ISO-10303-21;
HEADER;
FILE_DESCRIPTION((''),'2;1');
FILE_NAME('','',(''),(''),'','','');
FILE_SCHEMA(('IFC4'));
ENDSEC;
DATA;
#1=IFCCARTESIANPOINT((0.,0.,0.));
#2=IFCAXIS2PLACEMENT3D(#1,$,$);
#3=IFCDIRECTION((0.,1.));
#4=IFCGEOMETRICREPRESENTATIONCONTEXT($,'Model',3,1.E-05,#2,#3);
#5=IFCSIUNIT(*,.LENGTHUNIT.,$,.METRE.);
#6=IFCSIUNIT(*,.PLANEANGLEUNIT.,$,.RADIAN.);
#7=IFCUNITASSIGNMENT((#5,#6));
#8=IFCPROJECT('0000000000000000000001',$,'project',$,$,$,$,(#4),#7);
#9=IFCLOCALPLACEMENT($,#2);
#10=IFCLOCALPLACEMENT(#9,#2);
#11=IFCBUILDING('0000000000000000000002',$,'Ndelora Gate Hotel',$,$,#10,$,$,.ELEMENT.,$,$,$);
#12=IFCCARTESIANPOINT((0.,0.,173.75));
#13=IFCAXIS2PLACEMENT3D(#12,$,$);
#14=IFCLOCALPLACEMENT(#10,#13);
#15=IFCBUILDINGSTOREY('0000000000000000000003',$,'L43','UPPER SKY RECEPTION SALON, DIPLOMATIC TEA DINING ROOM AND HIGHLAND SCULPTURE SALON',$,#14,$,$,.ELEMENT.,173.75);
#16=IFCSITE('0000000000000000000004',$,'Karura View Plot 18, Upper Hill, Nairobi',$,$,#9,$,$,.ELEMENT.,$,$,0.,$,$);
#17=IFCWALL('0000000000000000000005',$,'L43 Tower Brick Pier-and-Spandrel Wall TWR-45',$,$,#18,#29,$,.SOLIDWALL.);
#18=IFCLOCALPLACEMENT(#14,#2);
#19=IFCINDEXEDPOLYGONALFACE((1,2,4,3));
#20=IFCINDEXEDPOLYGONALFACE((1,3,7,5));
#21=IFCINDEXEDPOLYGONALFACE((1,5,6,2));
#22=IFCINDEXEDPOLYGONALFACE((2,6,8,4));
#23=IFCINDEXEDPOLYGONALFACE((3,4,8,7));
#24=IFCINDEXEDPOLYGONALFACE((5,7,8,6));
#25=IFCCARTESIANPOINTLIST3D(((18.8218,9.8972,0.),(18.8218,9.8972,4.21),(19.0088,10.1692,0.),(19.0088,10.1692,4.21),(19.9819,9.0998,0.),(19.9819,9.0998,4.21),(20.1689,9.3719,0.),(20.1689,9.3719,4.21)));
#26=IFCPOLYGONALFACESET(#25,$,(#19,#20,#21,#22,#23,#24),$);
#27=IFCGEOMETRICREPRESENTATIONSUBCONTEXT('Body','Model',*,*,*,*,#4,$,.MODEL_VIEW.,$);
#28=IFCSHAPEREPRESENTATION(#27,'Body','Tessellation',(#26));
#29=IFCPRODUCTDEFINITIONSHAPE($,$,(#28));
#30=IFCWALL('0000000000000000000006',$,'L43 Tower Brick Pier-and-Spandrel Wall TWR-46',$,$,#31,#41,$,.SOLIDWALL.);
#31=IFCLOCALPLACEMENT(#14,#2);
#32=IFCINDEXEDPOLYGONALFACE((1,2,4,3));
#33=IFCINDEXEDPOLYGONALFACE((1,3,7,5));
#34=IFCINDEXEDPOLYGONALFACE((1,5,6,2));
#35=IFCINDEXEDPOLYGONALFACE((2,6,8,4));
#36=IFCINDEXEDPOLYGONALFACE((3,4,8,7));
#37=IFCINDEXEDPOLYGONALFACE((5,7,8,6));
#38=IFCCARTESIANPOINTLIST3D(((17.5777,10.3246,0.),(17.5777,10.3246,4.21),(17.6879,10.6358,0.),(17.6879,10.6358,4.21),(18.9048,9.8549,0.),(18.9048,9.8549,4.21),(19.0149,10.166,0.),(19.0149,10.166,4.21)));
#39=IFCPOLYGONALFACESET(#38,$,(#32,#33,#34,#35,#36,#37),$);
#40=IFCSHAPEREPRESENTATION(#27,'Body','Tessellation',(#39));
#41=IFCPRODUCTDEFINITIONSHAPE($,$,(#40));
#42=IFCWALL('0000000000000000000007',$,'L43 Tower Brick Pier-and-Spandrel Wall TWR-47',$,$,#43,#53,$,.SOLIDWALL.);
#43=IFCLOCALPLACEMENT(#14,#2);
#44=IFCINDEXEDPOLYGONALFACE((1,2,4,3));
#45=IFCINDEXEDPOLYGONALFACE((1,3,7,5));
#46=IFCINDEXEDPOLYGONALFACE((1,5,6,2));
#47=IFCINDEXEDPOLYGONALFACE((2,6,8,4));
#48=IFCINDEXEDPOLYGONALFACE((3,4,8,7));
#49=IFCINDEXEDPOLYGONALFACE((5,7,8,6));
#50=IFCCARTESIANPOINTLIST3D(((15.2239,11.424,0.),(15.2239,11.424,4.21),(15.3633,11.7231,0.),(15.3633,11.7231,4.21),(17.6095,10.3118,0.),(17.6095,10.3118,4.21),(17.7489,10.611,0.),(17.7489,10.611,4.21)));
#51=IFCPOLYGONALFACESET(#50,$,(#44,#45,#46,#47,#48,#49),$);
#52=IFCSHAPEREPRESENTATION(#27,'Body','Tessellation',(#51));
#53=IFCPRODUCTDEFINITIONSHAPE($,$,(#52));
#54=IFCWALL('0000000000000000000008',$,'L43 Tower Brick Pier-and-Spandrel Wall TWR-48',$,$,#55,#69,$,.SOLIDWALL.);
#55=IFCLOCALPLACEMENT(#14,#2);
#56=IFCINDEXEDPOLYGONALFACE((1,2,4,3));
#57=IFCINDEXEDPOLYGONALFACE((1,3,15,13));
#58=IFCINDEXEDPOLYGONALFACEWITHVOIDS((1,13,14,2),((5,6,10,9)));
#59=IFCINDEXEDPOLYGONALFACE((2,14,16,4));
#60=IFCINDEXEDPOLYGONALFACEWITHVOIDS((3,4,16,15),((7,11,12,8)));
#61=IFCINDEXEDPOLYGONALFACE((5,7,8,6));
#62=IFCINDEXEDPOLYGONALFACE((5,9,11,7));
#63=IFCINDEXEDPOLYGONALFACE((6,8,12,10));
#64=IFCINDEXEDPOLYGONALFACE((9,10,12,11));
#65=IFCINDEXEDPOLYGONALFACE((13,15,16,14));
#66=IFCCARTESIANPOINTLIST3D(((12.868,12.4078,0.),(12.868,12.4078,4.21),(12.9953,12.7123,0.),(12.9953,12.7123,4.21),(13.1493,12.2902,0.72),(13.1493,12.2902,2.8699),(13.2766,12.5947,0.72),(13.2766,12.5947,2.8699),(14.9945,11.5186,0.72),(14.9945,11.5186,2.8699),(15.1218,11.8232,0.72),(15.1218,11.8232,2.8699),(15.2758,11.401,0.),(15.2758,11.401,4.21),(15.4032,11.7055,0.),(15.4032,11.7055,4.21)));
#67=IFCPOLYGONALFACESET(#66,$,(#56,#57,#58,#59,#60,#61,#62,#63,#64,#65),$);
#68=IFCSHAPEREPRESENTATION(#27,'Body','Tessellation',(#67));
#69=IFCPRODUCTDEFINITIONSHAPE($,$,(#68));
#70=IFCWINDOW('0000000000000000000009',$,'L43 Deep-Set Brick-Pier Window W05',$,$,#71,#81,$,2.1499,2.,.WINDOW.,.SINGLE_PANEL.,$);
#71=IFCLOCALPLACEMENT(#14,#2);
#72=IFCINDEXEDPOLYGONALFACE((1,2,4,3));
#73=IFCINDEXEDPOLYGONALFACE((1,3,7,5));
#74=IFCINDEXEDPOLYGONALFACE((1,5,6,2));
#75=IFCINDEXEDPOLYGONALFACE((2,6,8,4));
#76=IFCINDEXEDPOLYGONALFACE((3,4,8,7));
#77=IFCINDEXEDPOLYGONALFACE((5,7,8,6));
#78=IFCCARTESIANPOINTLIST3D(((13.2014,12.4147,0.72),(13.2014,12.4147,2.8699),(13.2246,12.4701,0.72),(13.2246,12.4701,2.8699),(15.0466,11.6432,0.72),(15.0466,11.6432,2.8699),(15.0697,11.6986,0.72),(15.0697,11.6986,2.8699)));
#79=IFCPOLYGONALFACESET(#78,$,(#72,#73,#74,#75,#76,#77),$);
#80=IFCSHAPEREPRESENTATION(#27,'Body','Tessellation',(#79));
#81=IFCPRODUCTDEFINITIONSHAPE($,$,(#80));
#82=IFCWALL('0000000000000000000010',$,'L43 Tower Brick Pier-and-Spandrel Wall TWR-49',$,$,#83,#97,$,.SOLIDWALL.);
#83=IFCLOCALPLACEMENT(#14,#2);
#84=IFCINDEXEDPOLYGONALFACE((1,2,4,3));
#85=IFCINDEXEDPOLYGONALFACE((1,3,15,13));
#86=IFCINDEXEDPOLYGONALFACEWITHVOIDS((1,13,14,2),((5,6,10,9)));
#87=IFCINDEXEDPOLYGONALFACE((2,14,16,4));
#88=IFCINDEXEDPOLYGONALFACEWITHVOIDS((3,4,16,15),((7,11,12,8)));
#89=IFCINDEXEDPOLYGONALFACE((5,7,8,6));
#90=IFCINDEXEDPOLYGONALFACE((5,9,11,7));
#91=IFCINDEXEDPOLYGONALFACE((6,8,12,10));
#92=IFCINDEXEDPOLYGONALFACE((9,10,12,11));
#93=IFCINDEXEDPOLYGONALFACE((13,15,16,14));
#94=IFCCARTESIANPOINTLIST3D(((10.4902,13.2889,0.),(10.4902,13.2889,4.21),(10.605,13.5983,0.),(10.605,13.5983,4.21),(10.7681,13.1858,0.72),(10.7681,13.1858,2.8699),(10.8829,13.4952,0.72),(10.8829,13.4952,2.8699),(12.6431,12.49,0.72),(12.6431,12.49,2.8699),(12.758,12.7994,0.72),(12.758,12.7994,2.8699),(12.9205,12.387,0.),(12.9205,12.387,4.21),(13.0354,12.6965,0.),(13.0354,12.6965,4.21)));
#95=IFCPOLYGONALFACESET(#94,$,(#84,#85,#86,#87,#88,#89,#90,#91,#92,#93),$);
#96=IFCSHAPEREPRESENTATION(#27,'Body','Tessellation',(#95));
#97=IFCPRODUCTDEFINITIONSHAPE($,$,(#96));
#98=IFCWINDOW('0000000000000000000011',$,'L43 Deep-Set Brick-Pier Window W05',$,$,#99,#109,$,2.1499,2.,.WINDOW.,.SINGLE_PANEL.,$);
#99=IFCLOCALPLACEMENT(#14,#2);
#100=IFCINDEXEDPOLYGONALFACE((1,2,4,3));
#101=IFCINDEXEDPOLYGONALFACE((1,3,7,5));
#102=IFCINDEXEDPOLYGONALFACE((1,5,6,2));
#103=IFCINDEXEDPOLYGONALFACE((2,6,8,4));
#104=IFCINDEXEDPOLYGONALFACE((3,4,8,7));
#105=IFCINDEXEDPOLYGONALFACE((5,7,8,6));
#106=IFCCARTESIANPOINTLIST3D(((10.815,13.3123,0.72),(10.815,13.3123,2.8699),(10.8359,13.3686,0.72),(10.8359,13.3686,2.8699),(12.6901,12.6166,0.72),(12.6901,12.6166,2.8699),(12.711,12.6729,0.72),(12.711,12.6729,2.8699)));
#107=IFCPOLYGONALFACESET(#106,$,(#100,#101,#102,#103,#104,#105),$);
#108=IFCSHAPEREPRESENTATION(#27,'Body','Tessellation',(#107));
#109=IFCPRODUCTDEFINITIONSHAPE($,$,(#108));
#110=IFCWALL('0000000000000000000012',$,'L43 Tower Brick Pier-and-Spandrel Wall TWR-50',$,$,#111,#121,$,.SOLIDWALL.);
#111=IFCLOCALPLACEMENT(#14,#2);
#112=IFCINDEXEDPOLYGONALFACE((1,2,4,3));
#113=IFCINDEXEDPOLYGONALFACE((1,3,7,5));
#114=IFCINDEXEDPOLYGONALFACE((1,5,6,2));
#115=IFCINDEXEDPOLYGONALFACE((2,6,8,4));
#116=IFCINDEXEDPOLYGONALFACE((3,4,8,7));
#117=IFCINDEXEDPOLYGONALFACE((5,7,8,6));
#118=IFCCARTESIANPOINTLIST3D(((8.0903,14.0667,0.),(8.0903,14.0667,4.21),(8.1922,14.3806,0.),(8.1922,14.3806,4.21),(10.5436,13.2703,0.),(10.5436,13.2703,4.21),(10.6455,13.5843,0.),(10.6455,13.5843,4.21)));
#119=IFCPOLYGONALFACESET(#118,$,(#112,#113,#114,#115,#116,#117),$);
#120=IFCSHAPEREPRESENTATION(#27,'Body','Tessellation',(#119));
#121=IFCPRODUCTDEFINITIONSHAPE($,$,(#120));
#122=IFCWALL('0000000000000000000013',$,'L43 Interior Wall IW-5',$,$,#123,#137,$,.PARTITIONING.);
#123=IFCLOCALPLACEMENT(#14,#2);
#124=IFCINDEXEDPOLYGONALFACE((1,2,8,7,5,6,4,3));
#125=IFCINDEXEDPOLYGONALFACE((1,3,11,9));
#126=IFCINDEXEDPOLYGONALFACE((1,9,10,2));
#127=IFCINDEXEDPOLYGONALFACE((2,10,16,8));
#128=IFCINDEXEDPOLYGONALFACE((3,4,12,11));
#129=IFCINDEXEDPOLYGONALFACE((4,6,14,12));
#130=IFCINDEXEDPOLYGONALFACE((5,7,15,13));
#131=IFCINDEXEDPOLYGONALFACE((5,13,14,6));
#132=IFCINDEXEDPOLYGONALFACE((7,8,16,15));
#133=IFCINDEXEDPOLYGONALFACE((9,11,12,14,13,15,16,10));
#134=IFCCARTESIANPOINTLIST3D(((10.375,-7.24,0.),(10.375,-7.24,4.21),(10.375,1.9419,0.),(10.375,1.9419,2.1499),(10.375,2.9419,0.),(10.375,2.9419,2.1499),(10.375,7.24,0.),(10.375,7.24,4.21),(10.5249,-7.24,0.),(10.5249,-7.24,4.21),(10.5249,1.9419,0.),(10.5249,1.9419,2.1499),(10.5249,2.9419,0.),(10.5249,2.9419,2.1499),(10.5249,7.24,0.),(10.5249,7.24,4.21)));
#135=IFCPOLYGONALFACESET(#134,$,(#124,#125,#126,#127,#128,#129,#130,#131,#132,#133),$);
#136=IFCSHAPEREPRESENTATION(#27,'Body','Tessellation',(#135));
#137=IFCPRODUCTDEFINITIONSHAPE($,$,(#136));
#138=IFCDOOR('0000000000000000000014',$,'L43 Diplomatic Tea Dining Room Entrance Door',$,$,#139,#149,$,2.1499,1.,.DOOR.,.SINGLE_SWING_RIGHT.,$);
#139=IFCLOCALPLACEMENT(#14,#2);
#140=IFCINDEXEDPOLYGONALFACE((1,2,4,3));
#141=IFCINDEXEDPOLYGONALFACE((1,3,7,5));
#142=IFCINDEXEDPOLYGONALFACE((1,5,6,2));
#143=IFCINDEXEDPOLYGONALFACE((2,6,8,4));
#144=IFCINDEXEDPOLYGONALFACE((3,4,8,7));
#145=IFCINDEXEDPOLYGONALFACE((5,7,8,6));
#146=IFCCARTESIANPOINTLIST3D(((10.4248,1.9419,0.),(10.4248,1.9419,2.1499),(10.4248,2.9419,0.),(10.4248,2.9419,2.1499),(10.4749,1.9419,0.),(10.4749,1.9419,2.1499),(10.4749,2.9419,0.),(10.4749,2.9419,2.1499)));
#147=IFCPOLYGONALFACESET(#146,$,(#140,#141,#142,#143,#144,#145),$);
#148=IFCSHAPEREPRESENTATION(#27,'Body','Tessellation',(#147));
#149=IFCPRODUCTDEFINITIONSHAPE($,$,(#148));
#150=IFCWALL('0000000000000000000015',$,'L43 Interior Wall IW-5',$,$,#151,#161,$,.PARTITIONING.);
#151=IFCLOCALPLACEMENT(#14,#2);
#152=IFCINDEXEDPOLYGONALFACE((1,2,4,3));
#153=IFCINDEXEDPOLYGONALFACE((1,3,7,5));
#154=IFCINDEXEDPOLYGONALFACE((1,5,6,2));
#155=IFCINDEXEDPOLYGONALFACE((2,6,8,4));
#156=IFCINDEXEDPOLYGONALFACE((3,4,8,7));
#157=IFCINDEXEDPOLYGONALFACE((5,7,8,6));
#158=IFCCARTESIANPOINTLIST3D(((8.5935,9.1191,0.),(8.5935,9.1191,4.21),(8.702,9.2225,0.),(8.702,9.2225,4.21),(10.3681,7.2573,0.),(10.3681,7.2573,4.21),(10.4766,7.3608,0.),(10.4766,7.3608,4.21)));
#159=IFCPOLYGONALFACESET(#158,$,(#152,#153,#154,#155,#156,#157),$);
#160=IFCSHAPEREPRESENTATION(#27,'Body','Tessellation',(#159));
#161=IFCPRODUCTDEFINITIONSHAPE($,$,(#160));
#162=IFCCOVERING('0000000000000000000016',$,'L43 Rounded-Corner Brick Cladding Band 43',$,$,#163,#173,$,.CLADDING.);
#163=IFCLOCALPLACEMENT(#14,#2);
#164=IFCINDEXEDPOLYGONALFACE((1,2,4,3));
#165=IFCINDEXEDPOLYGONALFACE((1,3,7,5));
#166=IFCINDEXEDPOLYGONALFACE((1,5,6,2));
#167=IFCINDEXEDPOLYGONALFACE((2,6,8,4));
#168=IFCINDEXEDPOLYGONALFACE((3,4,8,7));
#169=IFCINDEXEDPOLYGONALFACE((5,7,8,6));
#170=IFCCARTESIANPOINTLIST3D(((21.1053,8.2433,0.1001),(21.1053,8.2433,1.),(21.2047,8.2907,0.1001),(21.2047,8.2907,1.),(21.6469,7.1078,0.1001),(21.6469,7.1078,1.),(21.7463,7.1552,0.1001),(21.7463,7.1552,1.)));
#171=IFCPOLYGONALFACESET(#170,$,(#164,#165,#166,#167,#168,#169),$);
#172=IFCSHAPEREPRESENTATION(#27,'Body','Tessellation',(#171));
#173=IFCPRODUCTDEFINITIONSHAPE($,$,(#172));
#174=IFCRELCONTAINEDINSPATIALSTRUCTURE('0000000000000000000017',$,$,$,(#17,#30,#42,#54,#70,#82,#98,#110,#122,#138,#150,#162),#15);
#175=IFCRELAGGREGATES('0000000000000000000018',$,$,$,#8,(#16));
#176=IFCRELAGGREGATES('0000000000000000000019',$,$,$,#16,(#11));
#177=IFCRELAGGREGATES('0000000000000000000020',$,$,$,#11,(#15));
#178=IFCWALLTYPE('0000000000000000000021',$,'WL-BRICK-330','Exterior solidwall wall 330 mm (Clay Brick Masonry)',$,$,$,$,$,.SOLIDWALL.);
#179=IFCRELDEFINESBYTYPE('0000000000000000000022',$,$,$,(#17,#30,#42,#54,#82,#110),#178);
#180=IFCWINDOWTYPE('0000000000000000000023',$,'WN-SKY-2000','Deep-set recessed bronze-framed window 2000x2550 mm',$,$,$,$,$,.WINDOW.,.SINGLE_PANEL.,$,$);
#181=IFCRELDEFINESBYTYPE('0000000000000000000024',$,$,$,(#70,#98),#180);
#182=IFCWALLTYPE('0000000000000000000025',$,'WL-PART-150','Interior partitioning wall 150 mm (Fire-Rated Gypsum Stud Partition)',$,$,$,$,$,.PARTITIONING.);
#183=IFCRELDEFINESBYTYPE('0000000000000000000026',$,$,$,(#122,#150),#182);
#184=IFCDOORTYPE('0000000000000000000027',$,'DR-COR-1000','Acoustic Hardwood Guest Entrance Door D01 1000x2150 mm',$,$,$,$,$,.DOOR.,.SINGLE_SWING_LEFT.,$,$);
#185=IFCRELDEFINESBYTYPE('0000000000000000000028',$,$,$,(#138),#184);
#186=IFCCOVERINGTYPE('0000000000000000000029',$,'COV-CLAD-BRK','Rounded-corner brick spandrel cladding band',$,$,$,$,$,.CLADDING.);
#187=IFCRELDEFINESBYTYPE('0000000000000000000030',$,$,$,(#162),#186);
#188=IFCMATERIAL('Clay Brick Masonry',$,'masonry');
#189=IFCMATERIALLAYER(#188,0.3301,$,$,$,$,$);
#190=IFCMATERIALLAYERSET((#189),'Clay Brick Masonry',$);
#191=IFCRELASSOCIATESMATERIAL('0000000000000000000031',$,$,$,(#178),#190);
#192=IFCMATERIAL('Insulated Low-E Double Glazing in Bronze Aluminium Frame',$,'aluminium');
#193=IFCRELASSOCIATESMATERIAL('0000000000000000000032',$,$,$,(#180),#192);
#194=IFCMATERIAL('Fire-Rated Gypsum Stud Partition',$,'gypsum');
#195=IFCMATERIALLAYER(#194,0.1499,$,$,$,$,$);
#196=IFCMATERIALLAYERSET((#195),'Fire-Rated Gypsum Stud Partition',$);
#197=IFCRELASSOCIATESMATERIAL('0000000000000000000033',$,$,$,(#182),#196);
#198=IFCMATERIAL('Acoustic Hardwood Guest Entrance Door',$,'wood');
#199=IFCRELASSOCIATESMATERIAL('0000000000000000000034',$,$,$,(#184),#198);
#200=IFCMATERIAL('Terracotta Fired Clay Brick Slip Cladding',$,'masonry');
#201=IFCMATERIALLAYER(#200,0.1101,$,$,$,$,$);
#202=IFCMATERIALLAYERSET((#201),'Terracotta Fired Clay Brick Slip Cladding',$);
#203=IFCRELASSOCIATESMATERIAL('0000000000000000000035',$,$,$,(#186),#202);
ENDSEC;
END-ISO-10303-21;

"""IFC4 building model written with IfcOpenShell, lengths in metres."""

from ifc_helpers import new_model, si_unit, direction, frame, frame_2d, origin, origin_2d, place, context, subcontext, project, spatial, rectangle, extrude, material, layer, layer_set, type_object, element, fill, save


model = new_model("IFC4")

# Units and contexts
model_context = context("Model", 3, precision=1e-05, world=origin(), true_north=direction((0.0, 1.0)))
body_context = subcontext(model_context, "Body", "Model", "MODEL_VIEW")
ifc_project = project(units=[si_unit("LENGTHUNIT", "METRE"), si_unit("PLANEANGLEUNIT", "RADIAN")], contexts=[model_context])

# Site, building, storey
site_placement = place(None, origin())
site = spatial("IfcSite", under=ifc_project, at=site_placement, Name="Karura View Plot 18, Upper Hill, Nairobi", CompositionType="ELEMENT", RefElevation=0.0)
building_placement = place(site_placement, origin())
building = spatial("IfcBuilding", under=site, at=building_placement, Name="Ndelora Gate Hotel", CompositionType="ELEMENT")
storey_placement = place(building_placement, frame((0.0, 0.0, 173.75)))
storey = spatial("IfcBuildingStorey", under=building, at=storey_placement, Name="L43", Description="UPPER SKY RECEPTION SALON, DIPLOMATIC TEA DINING ROOM AND HIGHLAND SCULPTURE SALON", CompositionType="ELEMENT", Elevation=173.75)

# Walls
ifc_material_1 = material(Name="Clay Brick Masonry", Category="masonry")
ifc_layer_1 = layer(ifc_material_1, 0.3301)
ifc_layer_set_1 = layer_set([ifc_layer_1], Name="Clay Brick Masonry")
wall_type_1 = type_object("IfcWallType", Name="WL-BRICK-330", Description="Exterior solidwall wall 330 mm (Clay Brick Masonry)", PredefinedType="SOLIDWALL", material=ifc_layer_set_1)
for number, where, z_axis, x_axis, name in (
    (1, (18.9153, 10.0332, 0.0), (0.0, 0.0, 1.0), (0.824123, -0.566411, 0.0), "L43 Tower Brick Pier-and-Spandrel Wall TWR-45"),
    (2, (17.6328, 10.4802, 0.0), (0.0, 0.0, 1.0), (0.942676, -0.333709, 0.0), "L43 Tower Brick Pier-and-Spandrel Wall TWR-46"),
):
    element("IfcWall", number, at=place(storey_placement, frame(where, z_axis=z_axis, x_axis=x_axis)), inside=storey, type_object=wall_type_1, Name=name, PredefinedType="SOLIDWALL", context=body_context, shape_type="SweptSolid", body=[
        extrude(rectangle(XDim=1.4077, YDim=0.3301, at=frame_2d((0.7039, 0.0))), origin(), (0.0, 0.0, 1.0), 4.21),
    ])
wall_1_placement = place(storey_placement, frame((15.2937, 11.5735, 0.0), z_axis=(0.0, 0.0, 1.0), x_axis=(0.906354, -0.42252, 0.0)))
element("IfcWall", 3, at=wall_1_placement, inside=storey, type_object=wall_type_1, Name="L43 Tower Brick Pier-and-Spandrel Wall TWR-47", PredefinedType="SOLIDWALL", context=body_context, shape_type="SweptSolid", body=[
    extrude(rectangle(XDim=2.6321, YDim=0.3301, at=frame_2d((1.3159, 0.0))), origin(), (0.0, 0.0, 1.0), 4.21),
])

# Walls, openings, windows
wall_2_placement = place(storey_placement, frame((12.9316, 12.5601, 0.0), z_axis=(0.0, 0.0, 1.0), x_axis=(0.922597, -0.385764, 0.0)))
wall_2 = element("IfcWall", 4, at=wall_2_placement, inside=storey, type_object=wall_type_1, Name="L43 Tower Brick Pier-and-Spandrel Wall TWR-48", PredefinedType="SOLIDWALL", context=body_context, shape_type="SweptSolid", body=[
    extrude(rectangle(XDim=2.6099, YDim=0.3301, at=frame_2d((1.3049, 0.0))), origin(), (0.0, 0.0, 1.0), 4.21),
])
opening_1_placement = place(wall_2_placement, frame((0.3049, 0.0, 0.72)))
opening_1 = element("IfcOpeningElement", 5, at=opening_1_placement, cuts=wall_2, PredefinedType="OPENING", context=body_context, shape_type="SweptSolid", body=[
    extrude(rectangle(XDim=2.0, YDim=2.1499, at=frame_2d((1.0, 1.075))), frame((0.0, 0.175, 0.0), z_axis=(0.0, -1.0, 0.0), x_axis=(1.0, 0.0, 0.0)), (0.0, 0.0, 1.0), 0.3501),
])
ifc_material_2 = material(Name="Insulated Low-E Double Glazing in Bronze Aluminium Frame", Category="aluminium")
window_type = type_object("IfcWindowType", Name="WN-SKY-2000", Description="Deep-set recessed bronze-framed window 2000x2550 mm", PartitioningType="SINGLE_PANEL", PredefinedType="WINDOW", material=ifc_material_2)
window_1_placement = place(opening_1_placement, origin())
window_1 = element("IfcWindow", 6, at=window_1_placement, inside=storey, type_object=window_type, Name="L43 Deep-Set Brick-Pier Window W05", OverallHeight=2.1499, OverallWidth=2.0, PartitioningType="SINGLE_PANEL", PredefinedType="WINDOW", context=body_context, shape_type="SweptSolid", body=[
    extrude(rectangle(XDim=2.0, YDim=2.1499, at=frame_2d((1.0, 1.075))), frame((0.0, 0.03, 0.0), z_axis=(0.0, -1.0, 0.0), x_axis=(1.0, 0.0, 0.0)), (0.0, 0.0, 1.0), 0.0601),
])
fill(opening_1, window_1)
wall_3_placement = place(storey_placement, frame((10.5476, 13.4436, 0.0), z_axis=(0.0, 0.0, 1.0), x_axis=(0.937535, -0.347891, 0.0)))
wall_3 = element("IfcWall", 7, at=wall_3_placement, inside=storey, type_object=wall_type_1, Name="L43 Tower Brick Pier-and-Spandrel Wall TWR-49", PredefinedType="SOLIDWALL", context=body_context, shape_type="SweptSolid", body=[
    extrude(rectangle(XDim=2.5923, YDim=0.3301, at=frame_2d((1.2961, 0.0))), origin(), (0.0, 0.0, 1.0), 4.21),
])
opening_2_placement = place(wall_3_placement, frame((0.2964, 0.0, 0.72)))
opening_2 = element("IfcOpeningElement", 8, at=opening_2_placement, cuts=wall_3, PredefinedType="OPENING", context=body_context, shape_type="SweptSolid", body=[
    extrude(rectangle(XDim=2.0, YDim=2.1499, at=frame_2d((1.0, 1.075))), frame((0.0, 0.175, 0.0), z_axis=(0.0, -1.0, 0.0), x_axis=(1.0, 0.0, 0.0)), (0.0, 0.0, 1.0), 0.3501),
])
window_2_placement = place(opening_2_placement, origin())
window_2 = element("IfcWindow", 9, at=window_2_placement, inside=storey, type_object=window_type, Name="L43 Deep-Set Brick-Pier Window W05", OverallHeight=2.1499, OverallWidth=2.0, PartitioningType="SINGLE_PANEL", PredefinedType="WINDOW", context=body_context, shape_type="SweptSolid", body=[
    extrude(rectangle(XDim=2.0, YDim=2.1499, at=frame_2d((1.0, 1.075))), frame((0.0, 0.03, 0.0), z_axis=(0.0, -1.0, 0.0), x_axis=(1.0, 0.0, 0.0)), (0.0, 0.0, 1.0), 0.0601),
])
fill(opening_2, window_2)

# Wall
wall_4_placement = place(storey_placement, frame((8.1414, 14.2236, 0.0), z_axis=(0.0, 0.0, 1.0), x_axis=(0.951143, -0.30875, 0.0)))
element("IfcWall", 10, at=wall_4_placement, inside=storey, type_object=wall_type_1, Name="L43 Tower Brick Pier-and-Spandrel Wall TWR-50", PredefinedType="SOLIDWALL", context=body_context, shape_type="SweptSolid", body=[
    extrude(rectangle(XDim=2.5793, YDim=0.3301, at=frame_2d((1.2896, 0.0))), origin(), (0.0, 0.0, 1.0), 4.21),
])

# Wall, opening, door
ifc_material_3 = material(Name="Fire-Rated Gypsum Stud Partition", Category="gypsum")
ifc_layer_2 = layer(ifc_material_3, 0.1499)
ifc_layer_set_2 = layer_set([ifc_layer_2], Name="Fire-Rated Gypsum Stud Partition")
wall_type_2 = type_object("IfcWallType", Name="WL-PART-150", Description="Interior partitioning wall 150 mm (Fire-Rated Gypsum Stud Partition)", PredefinedType="PARTITIONING", material=ifc_layer_set_2)
wall_5_placement = place(storey_placement, frame((10.45, 7.24, 0.0), z_axis=(0.0, 0.0, 1.0), x_axis=(0.0, -1.0, 0.0)))
wall_5 = element("IfcWall", 11, at=wall_5_placement, inside=storey, type_object=wall_type_2, Name="L43 Interior Wall IW-5", PredefinedType="PARTITIONING", context=body_context, shape_type="SweptSolid", body=[
    extrude(rectangle(XDim=14.48, YDim=0.1499, at=frame_2d((7.24, 0.0))), origin(), (0.0, 0.0, 1.0), 4.21),
])
opening_3_placement = place(wall_5_placement, frame((4.2981, 0.0, 0.0)))
opening_3 = element("IfcOpeningElement", 12, at=opening_3_placement, cuts=wall_5, PredefinedType="OPENING", context=body_context, shape_type="SweptSolid", body=[
    extrude(rectangle(XDim=1.0, YDim=2.1499, at=frame_2d((0.5, 1.075))), frame((0.0, 0.085, 0.0), z_axis=(0.0, -1.0, 0.0), x_axis=(1.0, 0.0, 0.0)), (0.0, 0.0, 1.0), 0.1699),
])
ifc_material_4 = material(Name="Acoustic Hardwood Guest Entrance Door", Category="wood")
door_type = type_object("IfcDoorType", Name="DR-COR-1000", Description="Acoustic Hardwood Guest Entrance Door D01 1000x2150 mm", OperationType="SINGLE_SWING_LEFT", PredefinedType="DOOR", material=ifc_material_4)
door_placement = place(opening_3_placement, origin())
door = element("IfcDoor", 13, at=door_placement, inside=storey, type_object=door_type, Name="L43 Diplomatic Tea Dining Room Entrance Door", OperationType="SINGLE_SWING_RIGHT", OverallHeight=2.1499, OverallWidth=1.0, PredefinedType="DOOR", context=body_context, shape_type="SweptSolid", body=[
    extrude(rectangle(XDim=1.0, YDim=2.1499, at=frame_2d((0.5, 1.075))), frame((0.0, 0.0249, 0.0), z_axis=(0.0, -1.0, 0.0), x_axis=(1.0, 0.0, 0.0)), (0.0, 0.0, 1.0), 0.05),
])
fill(opening_3, door)

# Wall
wall_6_placement = place(storey_placement, frame((8.6477, 9.1709, 0.0), z_axis=(0.0, 0.0, 1.0), x_axis=(0.689961, -0.723847, 0.0)))
element("IfcWall", 14, at=wall_6_placement, inside=storey, type_object=wall_type_2, Name="L43 Interior Wall IW-5", PredefinedType="PARTITIONING", context=body_context, shape_type="SweptSolid", body=[
    extrude(rectangle(XDim=2.572, YDim=0.1499, at=frame_2d((1.2861, 0.0))), origin(), (0.0, 0.0, 1.0), 4.21),
])

# Covering
ifc_material_5 = material(Name="Terracotta Fired Clay Brick Slip Cladding", Category="masonry")
ifc_layer_3 = layer(ifc_material_5, 0.1101)
ifc_layer_set_3 = layer_set([ifc_layer_3], Name="Terracotta Fired Clay Brick Slip Cladding")
covering_type_1 = type_object("IfcCoveringType", Name="COV-CLAD-BRK", Description="Rounded-corner brick spandrel cladding band", PredefinedType="CLADDING", material=ifc_layer_set_3)
covering_1_placement = place(storey_placement, frame((21.4258, 7.6992, 0.1001), z_axis=(0.0, 0.0, 1.0), x_axis=(-0.430511, 0.902585, 0.0)))
element("IfcCovering", 15, at=covering_1_placement, inside=storey, type_object=covering_type_1, Name="L43 Rounded-Corner Brick Cladding Band 43", PredefinedType="CLADDING", context=body_context, shape_type="SweptSolid", body=[
    extrude(rectangle(XDim=1.2581, YDim=0.1101, at=origin_2d()), origin(), (0.0, 0.0, 1.0), 0.8999),
])

save(model, "model.ifc")
